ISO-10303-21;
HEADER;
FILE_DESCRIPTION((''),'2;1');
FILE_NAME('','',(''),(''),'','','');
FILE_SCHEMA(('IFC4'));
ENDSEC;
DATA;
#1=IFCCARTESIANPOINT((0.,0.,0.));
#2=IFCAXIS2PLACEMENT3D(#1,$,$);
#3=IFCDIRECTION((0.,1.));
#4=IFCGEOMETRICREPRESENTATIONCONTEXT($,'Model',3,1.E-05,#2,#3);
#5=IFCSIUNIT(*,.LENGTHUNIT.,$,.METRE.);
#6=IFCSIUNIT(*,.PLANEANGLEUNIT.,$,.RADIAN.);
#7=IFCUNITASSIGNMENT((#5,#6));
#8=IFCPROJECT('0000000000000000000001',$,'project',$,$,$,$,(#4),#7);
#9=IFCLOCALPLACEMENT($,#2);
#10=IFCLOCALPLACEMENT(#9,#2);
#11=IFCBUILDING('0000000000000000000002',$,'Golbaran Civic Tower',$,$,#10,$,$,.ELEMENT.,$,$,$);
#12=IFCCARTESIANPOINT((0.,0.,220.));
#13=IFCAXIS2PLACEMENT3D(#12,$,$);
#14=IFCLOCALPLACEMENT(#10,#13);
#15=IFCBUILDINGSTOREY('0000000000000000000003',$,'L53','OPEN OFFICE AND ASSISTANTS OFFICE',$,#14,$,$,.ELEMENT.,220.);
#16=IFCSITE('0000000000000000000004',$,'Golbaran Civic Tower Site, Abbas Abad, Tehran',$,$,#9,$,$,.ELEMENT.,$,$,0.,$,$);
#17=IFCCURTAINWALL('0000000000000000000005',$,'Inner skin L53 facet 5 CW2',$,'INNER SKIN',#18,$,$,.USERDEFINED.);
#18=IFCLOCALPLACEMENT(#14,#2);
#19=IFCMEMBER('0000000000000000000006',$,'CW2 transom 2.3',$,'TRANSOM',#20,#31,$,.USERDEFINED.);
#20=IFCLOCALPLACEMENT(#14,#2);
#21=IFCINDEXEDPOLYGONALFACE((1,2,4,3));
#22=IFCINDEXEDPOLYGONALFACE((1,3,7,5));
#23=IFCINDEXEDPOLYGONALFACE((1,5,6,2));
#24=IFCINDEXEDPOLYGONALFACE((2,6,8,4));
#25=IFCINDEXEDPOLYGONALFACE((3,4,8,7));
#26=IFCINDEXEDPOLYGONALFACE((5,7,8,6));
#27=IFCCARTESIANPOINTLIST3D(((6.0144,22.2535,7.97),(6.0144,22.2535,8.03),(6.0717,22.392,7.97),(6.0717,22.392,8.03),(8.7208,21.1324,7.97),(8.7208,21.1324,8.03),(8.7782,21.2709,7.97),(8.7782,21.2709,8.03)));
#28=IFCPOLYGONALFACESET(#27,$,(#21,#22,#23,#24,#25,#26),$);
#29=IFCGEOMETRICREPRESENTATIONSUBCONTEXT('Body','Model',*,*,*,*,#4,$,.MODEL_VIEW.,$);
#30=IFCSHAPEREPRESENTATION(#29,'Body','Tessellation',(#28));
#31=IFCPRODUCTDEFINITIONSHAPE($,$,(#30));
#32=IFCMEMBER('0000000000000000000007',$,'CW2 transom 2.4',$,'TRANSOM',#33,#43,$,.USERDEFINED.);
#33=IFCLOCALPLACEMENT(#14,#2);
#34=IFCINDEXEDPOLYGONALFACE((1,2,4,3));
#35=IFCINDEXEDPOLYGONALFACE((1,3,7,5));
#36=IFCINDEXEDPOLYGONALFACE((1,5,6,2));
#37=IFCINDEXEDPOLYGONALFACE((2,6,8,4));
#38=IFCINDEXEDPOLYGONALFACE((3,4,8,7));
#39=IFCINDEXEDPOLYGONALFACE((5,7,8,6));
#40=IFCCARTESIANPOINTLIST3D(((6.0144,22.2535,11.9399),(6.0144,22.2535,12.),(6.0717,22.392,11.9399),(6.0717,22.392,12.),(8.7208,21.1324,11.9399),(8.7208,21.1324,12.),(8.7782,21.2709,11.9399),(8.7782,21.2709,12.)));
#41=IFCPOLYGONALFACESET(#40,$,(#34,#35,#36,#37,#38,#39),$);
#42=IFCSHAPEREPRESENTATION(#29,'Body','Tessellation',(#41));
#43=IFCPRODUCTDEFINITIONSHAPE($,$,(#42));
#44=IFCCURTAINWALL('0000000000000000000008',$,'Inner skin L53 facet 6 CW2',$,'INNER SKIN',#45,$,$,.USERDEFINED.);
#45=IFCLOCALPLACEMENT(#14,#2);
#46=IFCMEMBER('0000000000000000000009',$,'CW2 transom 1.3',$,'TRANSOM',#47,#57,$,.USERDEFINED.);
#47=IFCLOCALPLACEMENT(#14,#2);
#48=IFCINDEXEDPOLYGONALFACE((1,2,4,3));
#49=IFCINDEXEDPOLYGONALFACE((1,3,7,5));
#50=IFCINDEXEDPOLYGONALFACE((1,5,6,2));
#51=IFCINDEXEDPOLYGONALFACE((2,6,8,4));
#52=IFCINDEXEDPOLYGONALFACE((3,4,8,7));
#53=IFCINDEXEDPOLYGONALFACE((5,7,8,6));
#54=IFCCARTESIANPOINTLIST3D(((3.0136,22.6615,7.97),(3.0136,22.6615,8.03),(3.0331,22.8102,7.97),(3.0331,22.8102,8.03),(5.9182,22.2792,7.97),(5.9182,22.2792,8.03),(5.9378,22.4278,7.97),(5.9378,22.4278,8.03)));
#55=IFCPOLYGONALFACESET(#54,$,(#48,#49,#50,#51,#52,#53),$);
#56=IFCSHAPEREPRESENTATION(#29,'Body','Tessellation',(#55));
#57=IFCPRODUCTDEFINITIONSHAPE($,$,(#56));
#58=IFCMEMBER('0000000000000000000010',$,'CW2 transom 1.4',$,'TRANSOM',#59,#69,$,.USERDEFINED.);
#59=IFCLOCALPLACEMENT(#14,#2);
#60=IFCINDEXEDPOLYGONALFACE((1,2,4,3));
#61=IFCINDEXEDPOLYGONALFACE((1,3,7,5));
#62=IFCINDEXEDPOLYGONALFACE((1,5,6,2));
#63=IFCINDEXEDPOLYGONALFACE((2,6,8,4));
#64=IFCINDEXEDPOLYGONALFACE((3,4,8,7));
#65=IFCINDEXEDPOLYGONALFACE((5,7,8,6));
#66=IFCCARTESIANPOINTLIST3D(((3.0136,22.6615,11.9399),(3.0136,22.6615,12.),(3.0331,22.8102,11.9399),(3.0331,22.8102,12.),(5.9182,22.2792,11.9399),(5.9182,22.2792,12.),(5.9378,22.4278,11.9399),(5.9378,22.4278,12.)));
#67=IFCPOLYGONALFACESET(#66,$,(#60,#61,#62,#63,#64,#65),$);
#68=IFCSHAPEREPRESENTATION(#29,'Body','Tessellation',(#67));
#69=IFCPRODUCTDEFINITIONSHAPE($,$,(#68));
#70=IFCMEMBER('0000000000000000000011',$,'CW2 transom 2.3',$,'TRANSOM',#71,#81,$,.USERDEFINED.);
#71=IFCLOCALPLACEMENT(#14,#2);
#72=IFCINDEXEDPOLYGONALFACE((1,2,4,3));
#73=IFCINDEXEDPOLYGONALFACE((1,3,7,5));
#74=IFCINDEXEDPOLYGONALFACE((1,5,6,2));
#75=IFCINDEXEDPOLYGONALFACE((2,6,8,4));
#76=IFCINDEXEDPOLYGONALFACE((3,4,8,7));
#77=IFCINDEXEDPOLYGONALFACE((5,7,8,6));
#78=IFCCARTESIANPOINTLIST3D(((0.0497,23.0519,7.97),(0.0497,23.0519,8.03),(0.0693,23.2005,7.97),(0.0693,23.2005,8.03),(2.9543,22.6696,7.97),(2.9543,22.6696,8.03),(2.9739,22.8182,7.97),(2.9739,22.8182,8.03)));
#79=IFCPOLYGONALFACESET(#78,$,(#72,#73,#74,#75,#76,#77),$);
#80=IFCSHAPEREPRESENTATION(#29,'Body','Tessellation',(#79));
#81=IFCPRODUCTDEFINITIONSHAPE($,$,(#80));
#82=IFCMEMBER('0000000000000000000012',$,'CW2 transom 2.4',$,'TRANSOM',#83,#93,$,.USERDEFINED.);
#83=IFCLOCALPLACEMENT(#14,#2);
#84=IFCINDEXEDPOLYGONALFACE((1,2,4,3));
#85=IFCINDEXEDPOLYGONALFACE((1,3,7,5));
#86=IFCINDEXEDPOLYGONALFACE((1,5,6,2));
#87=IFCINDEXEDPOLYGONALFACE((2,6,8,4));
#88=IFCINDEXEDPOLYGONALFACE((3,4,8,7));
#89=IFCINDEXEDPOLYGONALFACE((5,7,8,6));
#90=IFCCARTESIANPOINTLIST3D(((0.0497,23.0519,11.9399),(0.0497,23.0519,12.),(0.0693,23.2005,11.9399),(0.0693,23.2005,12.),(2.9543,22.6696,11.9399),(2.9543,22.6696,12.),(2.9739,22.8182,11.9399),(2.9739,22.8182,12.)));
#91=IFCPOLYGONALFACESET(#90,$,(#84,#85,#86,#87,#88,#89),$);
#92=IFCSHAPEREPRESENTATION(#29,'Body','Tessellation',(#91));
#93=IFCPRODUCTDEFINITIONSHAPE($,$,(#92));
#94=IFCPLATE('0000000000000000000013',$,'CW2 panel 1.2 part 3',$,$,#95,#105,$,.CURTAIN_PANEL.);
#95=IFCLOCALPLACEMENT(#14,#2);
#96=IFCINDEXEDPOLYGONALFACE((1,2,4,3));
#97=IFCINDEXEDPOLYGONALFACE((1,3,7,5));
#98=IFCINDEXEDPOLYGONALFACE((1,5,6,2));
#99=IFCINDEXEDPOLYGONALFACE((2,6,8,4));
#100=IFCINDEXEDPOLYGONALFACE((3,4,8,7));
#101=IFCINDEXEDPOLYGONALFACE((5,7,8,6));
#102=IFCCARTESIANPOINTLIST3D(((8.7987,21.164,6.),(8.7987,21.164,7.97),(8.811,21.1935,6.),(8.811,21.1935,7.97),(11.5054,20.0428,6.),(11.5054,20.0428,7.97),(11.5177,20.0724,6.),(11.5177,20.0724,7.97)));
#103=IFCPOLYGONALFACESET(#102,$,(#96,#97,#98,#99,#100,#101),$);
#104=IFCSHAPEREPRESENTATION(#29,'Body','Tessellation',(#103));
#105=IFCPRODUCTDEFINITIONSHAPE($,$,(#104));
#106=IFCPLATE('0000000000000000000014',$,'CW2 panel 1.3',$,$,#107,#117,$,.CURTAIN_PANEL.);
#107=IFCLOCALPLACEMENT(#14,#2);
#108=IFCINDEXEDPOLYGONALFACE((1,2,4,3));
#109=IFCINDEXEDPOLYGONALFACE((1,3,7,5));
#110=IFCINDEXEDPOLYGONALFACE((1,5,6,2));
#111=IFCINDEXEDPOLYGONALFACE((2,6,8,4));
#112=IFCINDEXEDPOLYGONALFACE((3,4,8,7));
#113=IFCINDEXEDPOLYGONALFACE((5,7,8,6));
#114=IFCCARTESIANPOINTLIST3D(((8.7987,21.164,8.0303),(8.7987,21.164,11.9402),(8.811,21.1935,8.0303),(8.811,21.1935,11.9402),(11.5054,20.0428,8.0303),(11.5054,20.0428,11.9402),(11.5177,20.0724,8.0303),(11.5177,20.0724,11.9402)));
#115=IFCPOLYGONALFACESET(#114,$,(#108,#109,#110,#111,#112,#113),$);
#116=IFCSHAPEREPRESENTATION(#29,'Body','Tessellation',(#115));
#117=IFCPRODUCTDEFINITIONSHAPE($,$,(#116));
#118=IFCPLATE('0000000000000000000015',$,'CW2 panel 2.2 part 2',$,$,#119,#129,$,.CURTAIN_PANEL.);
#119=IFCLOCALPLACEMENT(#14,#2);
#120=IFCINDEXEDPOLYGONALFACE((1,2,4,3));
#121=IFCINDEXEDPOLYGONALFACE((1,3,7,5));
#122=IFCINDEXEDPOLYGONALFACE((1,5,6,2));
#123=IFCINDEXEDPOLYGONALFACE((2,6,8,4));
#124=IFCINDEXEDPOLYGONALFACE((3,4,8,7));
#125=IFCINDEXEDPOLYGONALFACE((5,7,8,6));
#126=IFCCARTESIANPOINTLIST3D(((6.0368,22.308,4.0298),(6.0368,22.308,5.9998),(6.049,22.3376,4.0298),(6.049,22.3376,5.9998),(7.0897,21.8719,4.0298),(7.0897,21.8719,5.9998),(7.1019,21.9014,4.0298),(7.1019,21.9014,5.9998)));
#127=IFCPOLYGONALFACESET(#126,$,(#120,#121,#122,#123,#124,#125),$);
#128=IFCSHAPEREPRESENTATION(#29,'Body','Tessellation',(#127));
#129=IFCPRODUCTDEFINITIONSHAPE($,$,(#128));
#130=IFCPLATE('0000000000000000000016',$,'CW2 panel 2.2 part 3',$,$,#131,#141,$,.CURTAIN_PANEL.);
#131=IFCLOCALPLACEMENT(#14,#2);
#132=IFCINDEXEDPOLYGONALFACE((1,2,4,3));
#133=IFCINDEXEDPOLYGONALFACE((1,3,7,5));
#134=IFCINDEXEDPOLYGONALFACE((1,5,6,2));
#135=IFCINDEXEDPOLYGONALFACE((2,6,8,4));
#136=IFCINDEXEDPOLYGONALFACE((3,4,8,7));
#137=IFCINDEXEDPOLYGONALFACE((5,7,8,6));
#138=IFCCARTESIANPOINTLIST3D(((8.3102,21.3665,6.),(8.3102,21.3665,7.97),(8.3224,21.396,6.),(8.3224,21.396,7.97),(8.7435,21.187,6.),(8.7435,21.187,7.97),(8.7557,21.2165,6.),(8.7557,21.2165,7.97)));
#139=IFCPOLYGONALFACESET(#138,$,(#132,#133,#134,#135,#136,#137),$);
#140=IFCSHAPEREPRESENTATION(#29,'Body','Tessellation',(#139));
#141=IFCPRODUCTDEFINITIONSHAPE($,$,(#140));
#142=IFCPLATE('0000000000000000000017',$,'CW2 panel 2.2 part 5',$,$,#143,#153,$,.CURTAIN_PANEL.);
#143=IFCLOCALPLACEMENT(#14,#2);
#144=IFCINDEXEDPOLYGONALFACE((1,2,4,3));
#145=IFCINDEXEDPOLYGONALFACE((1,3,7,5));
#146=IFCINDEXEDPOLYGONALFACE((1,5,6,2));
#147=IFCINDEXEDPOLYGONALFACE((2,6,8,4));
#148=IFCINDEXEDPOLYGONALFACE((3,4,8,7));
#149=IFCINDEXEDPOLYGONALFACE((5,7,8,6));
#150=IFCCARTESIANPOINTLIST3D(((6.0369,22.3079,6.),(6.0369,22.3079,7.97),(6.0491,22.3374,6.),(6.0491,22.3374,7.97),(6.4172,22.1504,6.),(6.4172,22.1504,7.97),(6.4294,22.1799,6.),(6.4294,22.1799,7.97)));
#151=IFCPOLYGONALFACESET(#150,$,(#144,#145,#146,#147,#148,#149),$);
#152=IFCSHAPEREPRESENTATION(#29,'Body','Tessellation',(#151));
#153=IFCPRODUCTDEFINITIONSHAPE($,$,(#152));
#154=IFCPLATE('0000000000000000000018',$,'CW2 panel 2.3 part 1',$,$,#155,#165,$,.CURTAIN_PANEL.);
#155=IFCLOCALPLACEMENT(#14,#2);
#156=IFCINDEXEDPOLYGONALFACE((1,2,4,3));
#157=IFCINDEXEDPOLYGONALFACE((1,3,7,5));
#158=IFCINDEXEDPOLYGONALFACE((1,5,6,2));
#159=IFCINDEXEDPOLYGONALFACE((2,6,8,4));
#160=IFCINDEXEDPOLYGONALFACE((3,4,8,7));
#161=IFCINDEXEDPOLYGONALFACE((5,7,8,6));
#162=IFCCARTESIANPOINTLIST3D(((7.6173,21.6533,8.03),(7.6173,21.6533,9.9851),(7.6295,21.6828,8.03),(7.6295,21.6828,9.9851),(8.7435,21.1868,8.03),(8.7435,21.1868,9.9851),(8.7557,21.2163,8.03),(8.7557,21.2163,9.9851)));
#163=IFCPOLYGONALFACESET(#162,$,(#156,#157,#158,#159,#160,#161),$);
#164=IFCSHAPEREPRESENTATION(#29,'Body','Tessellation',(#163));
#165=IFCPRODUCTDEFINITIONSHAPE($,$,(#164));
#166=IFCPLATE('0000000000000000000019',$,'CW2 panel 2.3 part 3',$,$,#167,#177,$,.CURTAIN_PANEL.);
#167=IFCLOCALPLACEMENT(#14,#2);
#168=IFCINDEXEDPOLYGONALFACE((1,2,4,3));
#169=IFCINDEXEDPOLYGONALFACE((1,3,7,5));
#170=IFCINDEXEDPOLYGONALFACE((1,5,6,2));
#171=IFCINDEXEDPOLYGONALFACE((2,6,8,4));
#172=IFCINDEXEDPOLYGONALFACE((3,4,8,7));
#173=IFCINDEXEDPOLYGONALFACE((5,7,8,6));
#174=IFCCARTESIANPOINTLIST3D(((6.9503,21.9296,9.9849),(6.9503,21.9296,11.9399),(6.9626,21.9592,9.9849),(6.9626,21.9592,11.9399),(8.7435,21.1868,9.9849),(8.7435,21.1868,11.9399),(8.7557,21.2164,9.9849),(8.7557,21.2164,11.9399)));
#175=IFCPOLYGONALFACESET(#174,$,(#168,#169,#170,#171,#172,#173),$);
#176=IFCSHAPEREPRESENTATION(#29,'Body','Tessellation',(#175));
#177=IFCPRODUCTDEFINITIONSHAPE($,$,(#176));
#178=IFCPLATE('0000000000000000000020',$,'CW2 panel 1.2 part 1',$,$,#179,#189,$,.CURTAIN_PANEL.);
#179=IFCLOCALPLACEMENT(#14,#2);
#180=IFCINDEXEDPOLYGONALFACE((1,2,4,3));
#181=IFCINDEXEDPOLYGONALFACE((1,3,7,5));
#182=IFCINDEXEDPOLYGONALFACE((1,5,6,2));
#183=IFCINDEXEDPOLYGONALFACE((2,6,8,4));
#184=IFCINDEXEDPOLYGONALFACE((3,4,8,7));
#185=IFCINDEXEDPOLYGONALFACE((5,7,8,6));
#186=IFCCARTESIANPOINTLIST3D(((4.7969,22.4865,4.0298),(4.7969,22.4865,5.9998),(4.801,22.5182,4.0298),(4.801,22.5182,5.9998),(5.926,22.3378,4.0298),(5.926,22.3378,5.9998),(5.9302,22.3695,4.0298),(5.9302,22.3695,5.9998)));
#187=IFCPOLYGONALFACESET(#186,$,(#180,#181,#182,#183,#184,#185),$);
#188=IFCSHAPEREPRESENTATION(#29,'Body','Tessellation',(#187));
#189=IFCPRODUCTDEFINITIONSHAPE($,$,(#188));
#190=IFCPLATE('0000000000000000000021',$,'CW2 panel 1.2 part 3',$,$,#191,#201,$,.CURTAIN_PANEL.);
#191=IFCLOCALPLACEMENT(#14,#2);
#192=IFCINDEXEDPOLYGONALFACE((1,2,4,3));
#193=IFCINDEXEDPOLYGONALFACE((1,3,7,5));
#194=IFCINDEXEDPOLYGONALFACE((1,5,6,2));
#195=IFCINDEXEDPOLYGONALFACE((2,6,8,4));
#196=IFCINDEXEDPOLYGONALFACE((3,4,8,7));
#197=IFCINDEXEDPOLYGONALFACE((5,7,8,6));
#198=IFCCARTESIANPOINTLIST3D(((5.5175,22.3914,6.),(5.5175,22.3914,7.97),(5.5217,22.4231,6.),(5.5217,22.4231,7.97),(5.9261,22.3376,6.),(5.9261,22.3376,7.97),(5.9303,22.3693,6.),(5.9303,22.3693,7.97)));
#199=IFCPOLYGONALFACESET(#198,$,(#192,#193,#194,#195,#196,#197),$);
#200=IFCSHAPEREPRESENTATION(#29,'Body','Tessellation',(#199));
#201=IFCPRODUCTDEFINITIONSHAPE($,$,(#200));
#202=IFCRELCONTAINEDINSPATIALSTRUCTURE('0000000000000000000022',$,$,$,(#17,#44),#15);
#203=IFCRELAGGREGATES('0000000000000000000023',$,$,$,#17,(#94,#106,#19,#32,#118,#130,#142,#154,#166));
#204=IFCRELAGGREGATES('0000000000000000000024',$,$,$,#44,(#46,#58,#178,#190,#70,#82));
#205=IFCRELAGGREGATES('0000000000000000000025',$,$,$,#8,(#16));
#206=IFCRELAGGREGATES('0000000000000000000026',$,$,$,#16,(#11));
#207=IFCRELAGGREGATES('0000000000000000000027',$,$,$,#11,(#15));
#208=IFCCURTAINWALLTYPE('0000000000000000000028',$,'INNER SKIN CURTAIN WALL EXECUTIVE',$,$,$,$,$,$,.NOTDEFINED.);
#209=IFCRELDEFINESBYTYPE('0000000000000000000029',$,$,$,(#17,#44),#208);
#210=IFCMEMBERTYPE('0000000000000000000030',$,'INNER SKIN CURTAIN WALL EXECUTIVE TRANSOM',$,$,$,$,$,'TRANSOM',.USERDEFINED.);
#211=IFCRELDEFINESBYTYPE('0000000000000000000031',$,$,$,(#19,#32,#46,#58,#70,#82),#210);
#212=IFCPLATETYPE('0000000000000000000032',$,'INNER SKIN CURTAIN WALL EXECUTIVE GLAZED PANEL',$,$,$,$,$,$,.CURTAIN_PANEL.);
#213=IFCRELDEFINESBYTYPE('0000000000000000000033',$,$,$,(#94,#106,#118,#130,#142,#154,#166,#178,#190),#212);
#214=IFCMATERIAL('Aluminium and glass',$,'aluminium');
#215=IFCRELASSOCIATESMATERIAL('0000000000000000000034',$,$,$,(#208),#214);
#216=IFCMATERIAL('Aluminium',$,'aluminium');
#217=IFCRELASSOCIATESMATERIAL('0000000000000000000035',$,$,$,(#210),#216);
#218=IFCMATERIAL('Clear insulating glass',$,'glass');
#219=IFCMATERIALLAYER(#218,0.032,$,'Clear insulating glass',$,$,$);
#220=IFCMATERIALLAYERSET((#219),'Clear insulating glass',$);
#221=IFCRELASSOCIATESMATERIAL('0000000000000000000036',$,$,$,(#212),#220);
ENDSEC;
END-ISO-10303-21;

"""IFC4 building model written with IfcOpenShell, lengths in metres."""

from ifc_helpers import new_model, si_unit, direction, frame, origin, origin_2d, place, context, subcontext, project, spatial, rectangle, extrude, material, layer, layer_set, material_profile, profile_set, type_object, element, aggregate, save


model = new_model("IFC4")

# Units and contexts
model_context = context("Model", 3, precision=1e-05, world=origin(), true_north=direction((0.0, 1.0)))
body_context = subcontext(model_context, "Body", "Model", "MODEL_VIEW")
ifc_project = project(units=[si_unit("LENGTHUNIT", "METRE"), si_unit("PLANEANGLEUNIT", "RADIAN")], contexts=[model_context])

# Site, building, storey
site_placement = place(None, origin())
site = spatial("IfcSite", under=ifc_project, at=site_placement, Name="Golbaran Civic Tower Site, Abbas Abad, Tehran", CompositionType="ELEMENT", RefElevation=0.0)
building_placement = place(site_placement, origin())
building = spatial("IfcBuilding", under=site, at=building_placement, Name="Golbaran Civic Tower", CompositionType="ELEMENT")
storey_placement = place(building_placement, frame((0.0, 0.0, 220.0)))
storey = spatial("IfcBuildingStorey", under=building, at=storey_placement, Name="L53", Description="OPEN OFFICE AND ASSISTANTS OFFICE", CompositionType="ELEMENT", Elevation=220.0)

# Curtain walls, members
ifc_material_1 = material(Name="Aluminium and glass", Category="aluminium")
curtain_wall_type = type_object("IfcCurtainWallType", Name="INNER SKIN CURTAIN WALL EXECUTIVE", PredefinedType="NOTDEFINED", material=ifc_material_1)
curtain_wall_1_placement = place(storey_placement, origin())
curtain_wall_1 = element("IfcCurtainWall", 1, at=curtain_wall_1_placement, inside=storey, type_object=curtain_wall_type, Name="Inner skin L53 facet 5 CW2", ObjectType="INNER SKIN", PredefinedType="USERDEFINED")
ifc_material_2 = material(Name="Aluminium", Category="aluminium")
ifc_material_profile = material_profile(ifc_material_2, rectangle(XDim=0.1499, YDim=0.0601, at=origin_2d()), Name="INNER SKIN CURTAIN WALL EXECUTIVE TRANSOM")
ifc_profile_set = profile_set([ifc_material_profile], Name="Aluminium")
member_type = type_object("IfcMemberType", Name="INNER SKIN CURTAIN WALL EXECUTIVE TRANSOM", ElementType="TRANSOM", PredefinedType="USERDEFINED", material=ifc_profile_set)
member_1_placement = place(storey_placement, frame((8.7495, 21.2017, 8.0), z_axis=(-0.923879, 0.382685, 0.0), x_axis=(-0.382685, -0.923879, 0.0)))
member_1 = element("IfcMember", 2, at=member_1_placement, type_object=member_type, Name="CW2 transom 2.3", ObjectType="TRANSOM", PredefinedType="USERDEFINED", context=body_context, shape_type="SweptSolid", body=[
    extrude(rectangle(XDim=0.1499, YDim=0.0601, at=origin_2d()), origin(), (0.0, 0.0, 1.0), 2.9294),
])
member_2_placement = place(storey_placement, frame((8.7495, 21.2017, 11.97), z_axis=(-0.923879, 0.382685, 0.0), x_axis=(-0.382685, -0.923879, 0.0)))
member_2 = element("IfcMember", 3, at=member_2_placement, type_object=member_type, Name="CW2 transom 2.4", ObjectType="TRANSOM", PredefinedType="USERDEFINED", context=body_context, shape_type="SweptSolid", body=[
    extrude(rectangle(XDim=0.1499, YDim=0.0601, at=origin_2d()), origin(), (0.0, 0.0, 1.0), 2.9294),
])
curtain_wall_2_placement = place(storey_placement, origin())
curtain_wall_2 = element("IfcCurtainWall", 4, at=curtain_wall_2_placement, inside=storey, type_object=curtain_wall_type, Name="Inner skin L53 facet 6 CW2", ObjectType="INNER SKIN", PredefinedType="USERDEFINED")
member_3_placement = place(storey_placement, frame((5.928, 22.3535, 8.0), z_axis=(-0.991448, 0.130504, 0.0), x_axis=(-0.130504, -0.991448, 0.0)))
member_3 = element("IfcMember", 5, at=member_3_placement, type_object=member_type, Name="CW2 transom 1.3", ObjectType="TRANSOM", PredefinedType="USERDEFINED", context=body_context, shape_type="SweptSolid", body=[
    extrude(rectangle(XDim=0.1499, YDim=0.0601, at=origin_2d()), origin(), (0.0, 0.0, 1.0), 2.9297),
])
member_4_placement = place(storey_placement, frame((5.928, 22.3535, 11.97), z_axis=(-0.991448, 0.130504, 0.0), x_axis=(-0.130504, -0.991448, 0.0)))
member_4 = element("IfcMember", 6, at=member_4_placement, type_object=member_type, Name="CW2 transom 1.4", ObjectType="TRANSOM", PredefinedType="USERDEFINED", context=body_context, shape_type="SweptSolid", body=[
    extrude(rectangle(XDim=0.1499, YDim=0.0601, at=origin_2d()), origin(), (0.0, 0.0, 1.0), 2.9297),
])
member_5_placement = place(storey_placement, frame((2.9641, 22.7439, 8.0), z_axis=(-0.991448, 0.130504, 0.0), x_axis=(-0.130504, -0.991448, 0.0)))
member_5 = element("IfcMember", 7, at=member_5_placement, type_object=member_type, Name="CW2 transom 2.3", ObjectType="TRANSOM", PredefinedType="USERDEFINED", context=body_context, shape_type="SweptSolid", body=[
    extrude(rectangle(XDim=0.1499, YDim=0.0601, at=origin_2d()), origin(), (0.0, 0.0, 1.0), 2.9297),
])
member_6_placement = place(storey_placement, frame((2.9641, 22.7439, 11.97), z_axis=(-0.991448, 0.130504, 0.0), x_axis=(-0.130504, -0.991448, 0.0)))
member_6 = element("IfcMember", 8, at=member_6_placement, type_object=member_type, Name="CW2 transom 2.4", ObjectType="TRANSOM", PredefinedType="USERDEFINED", context=body_context, shape_type="SweptSolid", body=[
    extrude(rectangle(XDim=0.1499, YDim=0.0601, at=origin_2d()), origin(), (0.0, 0.0, 1.0), 2.9297),
])

# Plates
ifc_material_3 = material(Name="Clear insulating glass", Category="glass")
ifc_layer_1 = layer(ifc_material_3, 0.032, Name="Clear insulating glass")
ifc_layer_set_1 = layer_set([ifc_layer_1], Name="Clear insulating glass")
plate_type_1 = type_object("IfcPlateType", Name="INNER SKIN CURTAIN WALL EXECUTIVE GLAZED PANEL", PredefinedType="CURTAIN_PANEL", material=ifc_layer_set_1)
plate_1_placement = place(storey_placement, frame((10.1582, 20.6182, 6.0), z_axis=(0.0, 0.0, 1.0), x_axis=(-0.92388, 0.382683, 0.0)))
plate_1 = element("IfcPlate", 9, at=plate_1_placement, type_object=plate_type_1, Name="CW2 panel 1.2 part 3", PredefinedType="CURTAIN_PANEL", context=body_context, shape_type="SweptSolid", body=[
    extrude(rectangle(XDim=2.9297, YDim=0.032, at=origin_2d()), origin(), (0.0, 0.0, 1.0), 1.97),
])
plate_2_placement = place(storey_placement, frame((10.1582, 20.6182, 8.0303), z_axis=(0.0, 0.0, 1.0), x_axis=(-0.92388, 0.382683, 0.0)))
plate_2 = element("IfcPlate", 10, at=plate_2_placement, type_object=plate_type_1, Name="CW2 panel 1.3", PredefinedType="CURTAIN_PANEL", context=body_context, shape_type="SweptSolid", body=[
    extrude(rectangle(XDim=2.9297, YDim=0.032, at=origin_2d()), origin(), (0.0, 0.0, 1.0), 3.9099),
])
plate_3_placement = place(storey_placement, frame((6.5693, 22.1047, 4.0298), z_axis=(0.0, 0.0, 1.0), x_axis=(-0.92388, 0.382683, 0.0)))
plate_3 = element("IfcPlate", 11, at=plate_3_placement, type_object=plate_type_1, Name="CW2 panel 2.2 part 2", PredefinedType="CURTAIN_PANEL", context=body_context, shape_type="SweptSolid", body=[
    extrude(rectangle(XDim=1.1396, YDim=0.032, at=origin_2d()), origin(), (0.0, 0.0, 1.0), 1.97),
])
plate_4_placement = place(storey_placement, frame((8.533, 21.2915, 6.0), z_axis=(0.0, 0.0, 1.0), x_axis=(-0.92388, 0.382683, 0.0)))
plate_4 = element("IfcPlate", 12, at=plate_4_placement, type_object=plate_type_1, Name="CW2 panel 2.2 part 3", PredefinedType="CURTAIN_PANEL", context=body_context, shape_type="SweptSolid", body=[
    extrude(rectangle(XDim=0.469, YDim=0.032, at=origin_2d()), origin(), (0.0, 0.0, 1.0), 1.97),
])
plate_5_placement = place(storey_placement, frame((6.2332, 22.2439, 6.0), z_axis=(0.0, 0.0, 1.0), x_axis=(-0.92388, 0.382683, 0.0)))
plate_5 = element("IfcPlate", 13, at=plate_5_placement, type_object=plate_type_1, Name="CW2 panel 2.2 part 5", PredefinedType="CURTAIN_PANEL", context=body_context, shape_type="SweptSolid", body=[
    extrude(rectangle(XDim=0.4116, YDim=0.032, at=origin_2d()), origin(), (0.0, 0.0, 1.0), 1.97),
])
plate_6_placement = place(storey_placement, frame((8.1865, 21.4348, 8.03), z_axis=(0.0, 0.0, 1.0), x_axis=(-0.92388, 0.382683, 0.0)))
plate_6 = element("IfcPlate", 14, at=plate_6_placement, type_object=plate_type_1, Name="CW2 panel 2.3 part 1", PredefinedType="CURTAIN_PANEL", context=body_context, shape_type="SweptSolid", body=[
    extrude(rectangle(XDim=1.219, YDim=0.032, at=origin_2d()), origin(), (0.0, 0.0, 1.0), 1.9551),
])
plate_7_placement = place(storey_placement, frame((7.853, 21.573, 9.9849), z_axis=(0.0, 0.0, 1.0), x_axis=(-0.92388, 0.382683, 0.0)))
plate_7 = element("IfcPlate", 15, at=plate_7_placement, type_object=plate_type_1, Name="CW2 panel 2.3 part 3", PredefinedType="CURTAIN_PANEL", context=body_context, shape_type="SweptSolid", body=[
    extrude(rectangle(XDim=1.9409, YDim=0.032, at=origin_2d()), origin(), (0.0, 0.0, 1.0), 1.9551),
])
plate_8_placement = place(storey_placement, frame((5.3635, 22.428, 4.0298), z_axis=(0.0, 0.0, 1.0), x_axis=(-0.991445, 0.130526, 0.0)))
plate_8 = element("IfcPlate", 16, at=plate_8_placement, type_object=plate_type_1, Name="CW2 panel 1.2 part 1", PredefinedType="CURTAIN_PANEL", context=body_context, shape_type="SweptSolid", body=[
    extrude(rectangle(XDim=1.1389, YDim=0.032, at=origin_2d()), origin(), (0.0, 0.0, 1.0), 1.97),
])
plate_9_placement = place(storey_placement, frame((5.7239, 22.3804, 6.0), z_axis=(0.0, 0.0, 1.0), x_axis=(-0.991445, 0.130526, 0.0)))
plate_9 = element("IfcPlate", 17, at=plate_9_placement, type_object=plate_type_1, Name="CW2 panel 1.2 part 3", PredefinedType="CURTAIN_PANEL", context=body_context, shape_type="SweptSolid", body=[
    extrude(rectangle(XDim=0.4121, YDim=0.032, at=origin_2d()), origin(), (0.0, 0.0, 1.0), 1.97),
])
aggregate(curtain_wall_1, [plate_1, plate_2, member_1, member_2, plate_3, plate_4, plate_5, plate_6, plate_7])
aggregate(curtain_wall_2, [member_3, member_4, plate_8, plate_9, member_5, member_6])

save(model, "model.ifc")
